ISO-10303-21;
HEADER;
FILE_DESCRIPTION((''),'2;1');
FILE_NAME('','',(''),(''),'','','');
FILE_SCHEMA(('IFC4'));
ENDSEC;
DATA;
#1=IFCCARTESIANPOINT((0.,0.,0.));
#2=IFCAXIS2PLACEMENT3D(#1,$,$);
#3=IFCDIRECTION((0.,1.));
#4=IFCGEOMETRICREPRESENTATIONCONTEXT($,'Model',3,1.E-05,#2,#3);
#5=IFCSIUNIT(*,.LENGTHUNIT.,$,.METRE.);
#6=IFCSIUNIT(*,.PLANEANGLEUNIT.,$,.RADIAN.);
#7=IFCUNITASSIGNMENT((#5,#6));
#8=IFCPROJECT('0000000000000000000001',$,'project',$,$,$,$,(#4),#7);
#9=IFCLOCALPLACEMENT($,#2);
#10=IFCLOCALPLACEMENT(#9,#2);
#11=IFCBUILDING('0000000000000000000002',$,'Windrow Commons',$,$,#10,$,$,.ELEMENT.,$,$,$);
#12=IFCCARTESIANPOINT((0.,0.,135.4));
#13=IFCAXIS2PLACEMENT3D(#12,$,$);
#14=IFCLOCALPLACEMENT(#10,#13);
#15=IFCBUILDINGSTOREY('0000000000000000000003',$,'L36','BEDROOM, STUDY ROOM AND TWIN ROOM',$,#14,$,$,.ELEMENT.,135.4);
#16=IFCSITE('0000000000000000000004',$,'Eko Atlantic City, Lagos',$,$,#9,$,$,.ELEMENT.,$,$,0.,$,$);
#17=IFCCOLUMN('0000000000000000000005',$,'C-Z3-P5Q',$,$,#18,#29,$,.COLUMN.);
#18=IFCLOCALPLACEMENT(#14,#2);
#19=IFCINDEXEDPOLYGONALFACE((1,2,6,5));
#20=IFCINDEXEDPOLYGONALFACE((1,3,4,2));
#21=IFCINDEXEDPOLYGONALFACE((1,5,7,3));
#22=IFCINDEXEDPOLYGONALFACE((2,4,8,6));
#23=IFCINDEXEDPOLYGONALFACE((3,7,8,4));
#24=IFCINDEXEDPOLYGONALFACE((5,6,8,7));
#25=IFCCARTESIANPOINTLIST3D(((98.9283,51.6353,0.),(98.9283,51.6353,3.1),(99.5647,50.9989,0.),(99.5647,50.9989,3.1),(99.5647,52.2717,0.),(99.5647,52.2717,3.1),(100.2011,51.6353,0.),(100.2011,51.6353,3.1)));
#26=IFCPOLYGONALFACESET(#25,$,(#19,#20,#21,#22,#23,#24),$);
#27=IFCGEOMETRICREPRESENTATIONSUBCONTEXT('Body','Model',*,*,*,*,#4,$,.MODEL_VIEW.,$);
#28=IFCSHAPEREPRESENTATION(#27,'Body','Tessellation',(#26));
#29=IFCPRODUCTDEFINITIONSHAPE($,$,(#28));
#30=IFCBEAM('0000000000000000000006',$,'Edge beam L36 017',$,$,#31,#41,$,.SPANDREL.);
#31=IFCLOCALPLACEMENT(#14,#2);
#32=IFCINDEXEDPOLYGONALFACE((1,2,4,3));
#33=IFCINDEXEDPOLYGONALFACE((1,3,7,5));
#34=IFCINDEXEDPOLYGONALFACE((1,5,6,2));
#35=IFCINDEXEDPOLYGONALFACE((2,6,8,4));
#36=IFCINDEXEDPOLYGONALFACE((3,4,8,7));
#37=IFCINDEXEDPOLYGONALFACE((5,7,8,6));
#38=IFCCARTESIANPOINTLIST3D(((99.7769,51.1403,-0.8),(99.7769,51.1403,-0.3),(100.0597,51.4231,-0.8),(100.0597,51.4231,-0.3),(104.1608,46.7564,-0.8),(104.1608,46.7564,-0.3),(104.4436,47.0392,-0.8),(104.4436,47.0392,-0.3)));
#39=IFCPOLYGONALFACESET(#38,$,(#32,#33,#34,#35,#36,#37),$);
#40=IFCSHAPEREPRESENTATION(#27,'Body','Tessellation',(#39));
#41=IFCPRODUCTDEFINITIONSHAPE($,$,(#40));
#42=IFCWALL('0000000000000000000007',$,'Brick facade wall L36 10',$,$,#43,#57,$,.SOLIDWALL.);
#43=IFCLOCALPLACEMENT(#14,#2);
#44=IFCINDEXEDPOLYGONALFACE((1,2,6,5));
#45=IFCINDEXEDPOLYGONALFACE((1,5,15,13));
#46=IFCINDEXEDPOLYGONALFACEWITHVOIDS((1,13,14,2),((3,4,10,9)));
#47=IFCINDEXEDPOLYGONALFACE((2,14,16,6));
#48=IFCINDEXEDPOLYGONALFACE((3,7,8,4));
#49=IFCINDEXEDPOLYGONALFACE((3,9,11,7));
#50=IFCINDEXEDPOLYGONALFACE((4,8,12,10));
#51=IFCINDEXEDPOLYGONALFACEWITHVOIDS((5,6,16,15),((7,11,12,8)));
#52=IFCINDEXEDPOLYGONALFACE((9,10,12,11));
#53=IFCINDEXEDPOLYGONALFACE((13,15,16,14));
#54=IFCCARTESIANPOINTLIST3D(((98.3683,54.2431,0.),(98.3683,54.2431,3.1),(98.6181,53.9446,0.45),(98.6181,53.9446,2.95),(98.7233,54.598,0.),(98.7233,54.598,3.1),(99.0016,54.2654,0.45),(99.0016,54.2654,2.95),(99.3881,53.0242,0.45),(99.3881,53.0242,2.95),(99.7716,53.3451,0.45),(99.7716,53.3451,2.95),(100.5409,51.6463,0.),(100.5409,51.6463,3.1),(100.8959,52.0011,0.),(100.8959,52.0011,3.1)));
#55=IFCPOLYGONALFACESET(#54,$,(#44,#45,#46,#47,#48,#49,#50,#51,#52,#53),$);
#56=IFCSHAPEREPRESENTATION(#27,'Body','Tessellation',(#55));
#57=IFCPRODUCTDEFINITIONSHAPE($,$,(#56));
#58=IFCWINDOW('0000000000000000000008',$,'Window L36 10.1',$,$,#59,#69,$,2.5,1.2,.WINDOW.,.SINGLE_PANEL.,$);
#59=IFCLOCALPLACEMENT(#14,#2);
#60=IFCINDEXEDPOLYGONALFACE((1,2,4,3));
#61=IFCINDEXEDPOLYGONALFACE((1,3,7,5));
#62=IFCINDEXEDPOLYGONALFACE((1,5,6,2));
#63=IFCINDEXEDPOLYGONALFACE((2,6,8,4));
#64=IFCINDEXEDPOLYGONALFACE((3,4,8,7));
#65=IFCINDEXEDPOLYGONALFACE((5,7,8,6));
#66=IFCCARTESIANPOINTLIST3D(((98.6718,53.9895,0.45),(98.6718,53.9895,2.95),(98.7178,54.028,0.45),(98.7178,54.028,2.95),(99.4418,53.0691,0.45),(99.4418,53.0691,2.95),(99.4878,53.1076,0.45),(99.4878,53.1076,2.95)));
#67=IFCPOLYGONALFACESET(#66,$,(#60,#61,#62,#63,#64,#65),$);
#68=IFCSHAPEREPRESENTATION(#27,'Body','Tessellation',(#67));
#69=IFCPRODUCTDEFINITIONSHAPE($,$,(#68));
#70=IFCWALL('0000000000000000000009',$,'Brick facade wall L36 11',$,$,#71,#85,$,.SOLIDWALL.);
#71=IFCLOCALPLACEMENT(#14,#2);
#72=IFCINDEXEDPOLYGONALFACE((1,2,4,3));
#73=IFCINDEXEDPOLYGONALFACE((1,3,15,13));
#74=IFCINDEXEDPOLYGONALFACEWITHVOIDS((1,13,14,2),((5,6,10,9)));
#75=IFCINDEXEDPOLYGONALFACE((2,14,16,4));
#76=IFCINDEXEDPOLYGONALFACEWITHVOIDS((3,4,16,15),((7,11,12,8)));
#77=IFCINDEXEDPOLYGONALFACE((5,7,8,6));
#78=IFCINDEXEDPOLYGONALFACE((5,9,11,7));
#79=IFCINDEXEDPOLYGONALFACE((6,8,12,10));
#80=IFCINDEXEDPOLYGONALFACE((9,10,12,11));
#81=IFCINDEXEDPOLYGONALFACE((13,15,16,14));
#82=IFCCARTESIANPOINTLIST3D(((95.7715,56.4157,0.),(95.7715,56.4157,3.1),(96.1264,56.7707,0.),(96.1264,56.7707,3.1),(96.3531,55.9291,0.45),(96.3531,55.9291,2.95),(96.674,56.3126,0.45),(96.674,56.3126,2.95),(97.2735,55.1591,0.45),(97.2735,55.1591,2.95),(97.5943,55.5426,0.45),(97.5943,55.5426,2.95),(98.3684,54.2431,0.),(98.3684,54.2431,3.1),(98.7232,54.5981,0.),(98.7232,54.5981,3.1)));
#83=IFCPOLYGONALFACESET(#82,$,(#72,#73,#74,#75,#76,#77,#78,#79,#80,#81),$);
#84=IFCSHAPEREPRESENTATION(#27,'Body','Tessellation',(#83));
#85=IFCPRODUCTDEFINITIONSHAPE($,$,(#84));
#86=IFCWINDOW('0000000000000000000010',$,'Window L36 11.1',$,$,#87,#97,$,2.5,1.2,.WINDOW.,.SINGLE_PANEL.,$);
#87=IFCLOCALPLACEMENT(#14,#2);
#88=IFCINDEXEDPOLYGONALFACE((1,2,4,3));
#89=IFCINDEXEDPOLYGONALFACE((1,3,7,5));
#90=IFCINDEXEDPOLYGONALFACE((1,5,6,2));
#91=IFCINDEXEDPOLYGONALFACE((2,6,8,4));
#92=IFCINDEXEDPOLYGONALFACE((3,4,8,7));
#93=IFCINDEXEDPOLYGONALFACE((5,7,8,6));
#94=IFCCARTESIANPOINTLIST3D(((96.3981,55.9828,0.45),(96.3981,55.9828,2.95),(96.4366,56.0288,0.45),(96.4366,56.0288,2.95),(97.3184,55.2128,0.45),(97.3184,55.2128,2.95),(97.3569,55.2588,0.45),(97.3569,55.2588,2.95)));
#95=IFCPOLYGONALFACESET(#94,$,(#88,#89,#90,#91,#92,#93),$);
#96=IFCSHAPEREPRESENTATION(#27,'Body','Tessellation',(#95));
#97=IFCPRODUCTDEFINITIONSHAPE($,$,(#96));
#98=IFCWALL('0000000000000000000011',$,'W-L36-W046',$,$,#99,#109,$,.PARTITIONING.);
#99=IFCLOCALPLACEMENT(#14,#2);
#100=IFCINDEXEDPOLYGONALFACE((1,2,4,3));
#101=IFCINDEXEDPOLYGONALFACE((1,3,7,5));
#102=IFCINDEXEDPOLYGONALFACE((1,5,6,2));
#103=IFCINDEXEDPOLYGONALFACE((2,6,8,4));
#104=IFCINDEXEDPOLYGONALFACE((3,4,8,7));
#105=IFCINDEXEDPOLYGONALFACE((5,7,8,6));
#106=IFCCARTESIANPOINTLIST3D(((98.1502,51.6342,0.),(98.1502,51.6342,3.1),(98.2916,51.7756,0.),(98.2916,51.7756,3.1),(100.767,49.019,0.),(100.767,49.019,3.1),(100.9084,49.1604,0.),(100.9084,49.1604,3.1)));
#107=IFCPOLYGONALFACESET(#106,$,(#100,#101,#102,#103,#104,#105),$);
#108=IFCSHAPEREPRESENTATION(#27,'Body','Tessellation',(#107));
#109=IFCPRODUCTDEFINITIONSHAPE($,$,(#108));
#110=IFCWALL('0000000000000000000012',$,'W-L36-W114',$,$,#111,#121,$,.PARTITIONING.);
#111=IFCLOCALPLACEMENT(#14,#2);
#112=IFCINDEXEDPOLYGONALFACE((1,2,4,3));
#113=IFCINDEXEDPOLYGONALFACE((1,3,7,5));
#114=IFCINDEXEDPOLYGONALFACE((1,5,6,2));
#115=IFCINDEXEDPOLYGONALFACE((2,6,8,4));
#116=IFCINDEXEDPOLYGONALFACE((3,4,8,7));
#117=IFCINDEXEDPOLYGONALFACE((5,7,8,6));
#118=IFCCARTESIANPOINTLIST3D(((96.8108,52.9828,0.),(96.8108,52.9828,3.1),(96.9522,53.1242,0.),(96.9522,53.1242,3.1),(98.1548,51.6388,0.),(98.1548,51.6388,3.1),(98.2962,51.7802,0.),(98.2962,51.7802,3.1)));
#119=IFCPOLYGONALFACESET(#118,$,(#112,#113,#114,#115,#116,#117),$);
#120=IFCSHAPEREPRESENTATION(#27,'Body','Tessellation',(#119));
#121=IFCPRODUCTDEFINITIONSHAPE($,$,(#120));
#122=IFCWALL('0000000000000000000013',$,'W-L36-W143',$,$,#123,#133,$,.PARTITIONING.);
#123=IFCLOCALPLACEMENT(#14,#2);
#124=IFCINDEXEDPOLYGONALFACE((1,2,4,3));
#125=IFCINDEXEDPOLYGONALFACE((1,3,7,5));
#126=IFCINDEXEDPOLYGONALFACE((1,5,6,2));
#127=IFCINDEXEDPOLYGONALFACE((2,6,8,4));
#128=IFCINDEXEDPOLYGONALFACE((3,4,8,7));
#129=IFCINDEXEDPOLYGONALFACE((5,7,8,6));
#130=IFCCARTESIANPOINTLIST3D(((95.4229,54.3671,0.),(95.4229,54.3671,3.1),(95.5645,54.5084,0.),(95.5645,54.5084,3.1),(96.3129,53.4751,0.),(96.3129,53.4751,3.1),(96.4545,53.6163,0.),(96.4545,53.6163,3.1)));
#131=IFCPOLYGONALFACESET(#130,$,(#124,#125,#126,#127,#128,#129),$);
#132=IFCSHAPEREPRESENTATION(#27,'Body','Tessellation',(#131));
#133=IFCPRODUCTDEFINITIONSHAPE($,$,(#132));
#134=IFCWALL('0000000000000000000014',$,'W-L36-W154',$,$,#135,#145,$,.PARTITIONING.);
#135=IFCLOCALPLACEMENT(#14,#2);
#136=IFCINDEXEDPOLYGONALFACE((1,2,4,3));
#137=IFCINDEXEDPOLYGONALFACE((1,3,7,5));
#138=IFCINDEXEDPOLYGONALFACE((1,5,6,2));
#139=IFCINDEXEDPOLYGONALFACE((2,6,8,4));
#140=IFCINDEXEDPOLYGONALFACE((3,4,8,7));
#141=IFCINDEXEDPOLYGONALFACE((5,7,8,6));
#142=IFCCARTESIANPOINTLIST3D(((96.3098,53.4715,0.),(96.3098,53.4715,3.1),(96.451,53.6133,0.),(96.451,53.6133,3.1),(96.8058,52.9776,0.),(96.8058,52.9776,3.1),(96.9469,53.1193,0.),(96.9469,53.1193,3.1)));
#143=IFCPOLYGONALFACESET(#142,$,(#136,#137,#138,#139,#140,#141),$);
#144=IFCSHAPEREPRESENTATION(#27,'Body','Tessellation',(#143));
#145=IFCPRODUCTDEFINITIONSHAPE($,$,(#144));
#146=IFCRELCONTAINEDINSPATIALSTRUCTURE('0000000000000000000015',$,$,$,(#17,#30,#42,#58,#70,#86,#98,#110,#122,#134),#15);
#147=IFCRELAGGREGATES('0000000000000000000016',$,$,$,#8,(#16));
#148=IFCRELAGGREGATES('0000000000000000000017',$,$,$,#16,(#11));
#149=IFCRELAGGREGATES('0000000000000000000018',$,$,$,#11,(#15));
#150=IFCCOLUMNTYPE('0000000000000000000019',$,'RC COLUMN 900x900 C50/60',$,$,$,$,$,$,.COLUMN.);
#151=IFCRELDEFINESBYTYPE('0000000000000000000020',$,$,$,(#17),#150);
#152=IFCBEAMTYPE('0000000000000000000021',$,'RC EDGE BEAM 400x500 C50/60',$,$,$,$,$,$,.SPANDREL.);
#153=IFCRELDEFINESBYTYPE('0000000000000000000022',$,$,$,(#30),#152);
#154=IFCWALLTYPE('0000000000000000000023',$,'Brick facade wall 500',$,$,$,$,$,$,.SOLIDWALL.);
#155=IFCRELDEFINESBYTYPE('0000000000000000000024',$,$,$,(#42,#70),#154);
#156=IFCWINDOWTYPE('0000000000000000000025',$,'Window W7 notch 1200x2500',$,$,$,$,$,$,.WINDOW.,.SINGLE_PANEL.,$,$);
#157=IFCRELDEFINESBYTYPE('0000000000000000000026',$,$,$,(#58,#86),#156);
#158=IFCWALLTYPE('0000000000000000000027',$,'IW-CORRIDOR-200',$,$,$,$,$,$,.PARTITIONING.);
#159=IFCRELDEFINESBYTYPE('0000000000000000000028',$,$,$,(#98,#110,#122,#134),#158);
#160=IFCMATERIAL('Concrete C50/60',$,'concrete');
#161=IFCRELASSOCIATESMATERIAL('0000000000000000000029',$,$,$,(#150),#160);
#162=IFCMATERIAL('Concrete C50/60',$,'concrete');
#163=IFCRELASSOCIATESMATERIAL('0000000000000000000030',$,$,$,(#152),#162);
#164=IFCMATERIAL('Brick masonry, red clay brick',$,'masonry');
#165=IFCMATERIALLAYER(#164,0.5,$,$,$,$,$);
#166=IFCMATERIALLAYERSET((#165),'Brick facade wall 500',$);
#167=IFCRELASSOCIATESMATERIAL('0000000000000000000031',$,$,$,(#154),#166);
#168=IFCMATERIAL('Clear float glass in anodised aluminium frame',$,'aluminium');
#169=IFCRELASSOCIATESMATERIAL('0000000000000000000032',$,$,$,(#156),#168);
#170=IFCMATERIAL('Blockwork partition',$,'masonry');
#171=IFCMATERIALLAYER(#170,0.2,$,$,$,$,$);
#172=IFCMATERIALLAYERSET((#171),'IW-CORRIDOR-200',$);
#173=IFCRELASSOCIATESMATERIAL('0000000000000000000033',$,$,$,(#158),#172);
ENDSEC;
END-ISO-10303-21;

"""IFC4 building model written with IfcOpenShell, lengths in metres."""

from ifc_helpers import new_model, si_unit, direction, frame, frame_2d, origin, origin_2d, place, context, subcontext, project, spatial, polyline, rectangle, outline, extrude, material, layer, layer_set, material_profile, profile_set, type_object, element, fill, save


model = new_model("IFC4")

# Units and contexts
model_context = context("Model", 3, precision=1e-05, world=origin(), true_north=direction((0.0, 1.0)))
body_context = subcontext(model_context, "Body", "Model", "MODEL_VIEW")
ifc_project = project(units=[si_unit("LENGTHUNIT", "METRE"), si_unit("PLANEANGLEUNIT", "RADIAN")], contexts=[model_context])

# Site, building, storey
site_placement = place(None, origin())
site = spatial("IfcSite", under=ifc_project, at=site_placement, Name="Eko Atlantic City, Lagos", CompositionType="ELEMENT", RefElevation=0.0)
building_placement = place(site_placement, origin())
building = spatial("IfcBuilding", under=site, at=building_placement, Name="Windrow Commons", CompositionType="ELEMENT")
storey_placement = place(building_placement, frame((0.0, 0.0, 135.4)))
storey = spatial("IfcBuildingStorey", under=building, at=storey_placement, Name="L36", Description="BEDROOM, STUDY ROOM AND TWIN ROOM", CompositionType="ELEMENT", Elevation=135.4)

# Column
ifc_material_1 = material(Name="Concrete C50/60", Category="concrete")
ifc_material_profile_1 = material_profile(ifc_material_1, rectangle(XDim=0.9, YDim=0.9, at=origin_2d()))
ifc_profile_set_1 = profile_set([ifc_material_profile_1], Name="Concrete C50/60")
column_type = type_object("IfcColumnType", Name="RC COLUMN 900x900 C50/60", PredefinedType="COLUMN", material=ifc_profile_set_1)
column_placement = place(storey_placement, frame((99.5647, 51.6353, 0.0), z_axis=(0.0, 0.0, 1.0), x_axis=(0.707107, -0.707107, 0.0)))
element("IfcColumn", 1, at=column_placement, inside=storey, type_object=column_type, Name="C-Z3-P5Q", PredefinedType="COLUMN", context=body_context, shape_type="SweptSolid", body=[
    extrude(rectangle(XDim=0.9, YDim=0.9, at=origin_2d()), origin(), (0.0, 0.0, 1.0), 3.1),
])

# Beam
ifc_material_2 = material(Name="Concrete C50/60", Category="concrete")
ifc_material_profile_2 = material_profile(ifc_material_2, rectangle(XDim=0.4, YDim=0.5, at=origin_2d()))
ifc_profile_set_2 = profile_set([ifc_material_profile_2], Name="Concrete C50/60")
beam_type = type_object("IfcBeamType", Name="RC EDGE BEAM 400x500 C50/60", PredefinedType="SPANDREL", material=ifc_profile_set_2)
beam_placement = place(storey_placement, frame((99.9183, 51.2817, -0.55), z_axis=(0.707107, -0.707107, 0.0), x_axis=(0.707107, 0.707107, 0.0)))
element("IfcBeam", 2, at=beam_placement, inside=storey, type_object=beam_type, Name="Edge beam L36 017", PredefinedType="SPANDREL", context=body_context, shape_type="SweptSolid", body=[
    extrude(rectangle(XDim=0.4, YDim=0.5, at=origin_2d()), origin(), (0.0, 0.0, 1.0), 6.1998),
])

# Walls, openings, windows
ifc_material_3 = material(Name="Brick masonry, red clay brick", Category="masonry")
ifc_layer_1 = layer(ifc_material_3, 0.5)
ifc_layer_set_1 = layer_set([ifc_layer_1], Name="Brick facade wall 500")
wall_type_1 = type_object("IfcWallType", Name="Brick facade wall 500", PredefinedType="SOLIDWALL", material=ifc_layer_set_1)
wall_1_placement = place(storey_placement, frame((100.7184, 51.8237, 0.0), z_axis=(0.0, 0.0, 1.0), x_axis=(-0.641668, 0.766983, 0.0)))
wall_1 = element("IfcWall", 3, at=wall_1_placement, inside=storey, type_object=wall_type_1, Name="Brick facade wall L36 10", PredefinedType="SOLIDWALL", context=body_context, shape_type="SweptSolid", body=[
    extrude(outline(polyline([(0.0222, -0.25), (3.408, -0.25), (3.3636, 0.25), (-0.0222, 0.25), (0.0222, -0.25)])), origin(), (0.0, 0.0, 1.0), 3.1),
])
opening_1_placement = place(wall_1_placement, frame((1.7744, 0.0, 0.45)))
opening_1 = element("IfcOpeningElement", 4, at=opening_1_placement, cuts=wall_1, PredefinedType="OPENING", context=body_context, shape_type="SweptSolid", body=[
    extrude(rectangle(XDim=1.2, YDim=2.5, at=frame_2d((0.6, 1.25))), frame((0.0, 0.26, 0.0), z_axis=(0.0, -1.0, 0.0), x_axis=(1.0, 0.0, 0.0)), (0.0, 0.0, 1.0), 0.52),
])
ifc_material_4 = material(Name="Clear float glass in anodised aluminium frame", Category="aluminium")
window_type = type_object("IfcWindowType", Name="Window W7 notch 1200x2500", PartitioningType="SINGLE_PANEL", PredefinedType="WINDOW", material=ifc_material_4)
window_1_placement = place(opening_1_placement, origin())
window_1 = element("IfcWindow", 5, at=window_1_placement, inside=storey, type_object=window_type, Name="Window L36 10.1", OverallHeight=2.5, OverallWidth=1.2, PartitioningType="SINGLE_PANEL", PredefinedType="WINDOW", context=body_context, shape_type="SweptSolid", body=[
    extrude(rectangle(XDim=1.2, YDim=2.5, at=frame_2d((0.6, 1.25))), frame((0.0, 0.18, 0.0), z_axis=(0.0, -1.0, 0.0), x_axis=(1.0, 0.0, 0.0)), (0.0, 0.0, 1.0), 0.06),
])
fill(opening_1, window_1)
wall_2_placement = place(storey_placement, frame((98.5458, 54.4206, 0.0), z_axis=(0.0, 0.0, 1.0), x_axis=(-0.766971, 0.641682, 0.0)))
wall_2 = element("IfcWall", 6, at=wall_2_placement, inside=storey, type_object=wall_type_1, Name="Brick facade wall L36 11", PredefinedType="SOLIDWALL", context=body_context, shape_type="SweptSolid", body=[
    extrude(outline(polyline([(-0.0222, -0.25), (3.3636, -0.25), (3.408, 0.25), (0.0222, 0.25), (-0.0222, -0.25)])), origin(), (0.0, 0.0, 1.0), 3.1),
])
opening_2_placement = place(wall_2_placement, frame((1.4497, 0.0, 0.45)))
opening_2 = element("IfcOpeningElement", 7, at=opening_2_placement, cuts=wall_2, PredefinedType="OPENING", context=body_context, shape_type="SweptSolid", body=[
    extrude(rectangle(XDim=1.2, YDim=2.5, at=frame_2d((0.6, 1.25))), frame((0.0, 0.26, 0.0), z_axis=(0.0, -1.0, 0.0), x_axis=(1.0, 0.0, 0.0)), (0.0, 0.0, 1.0), 0.52),
])
window_2_placement = place(opening_2_placement, origin())
window_2 = element("IfcWindow", 8, at=window_2_placement, inside=storey, type_object=window_type, Name="Window L36 11.1", OverallHeight=2.5, OverallWidth=1.2, PartitioningType="SINGLE_PANEL", PredefinedType="WINDOW", context=body_context, shape_type="SweptSolid", body=[
    extrude(rectangle(XDim=1.2, YDim=2.5, at=frame_2d((0.6, 1.25))), frame((0.0, 0.18, 0.0), z_axis=(0.0, -1.0, 0.0), x_axis=(1.0, 0.0, 0.0)), (0.0, 0.0, 1.0), 0.06),
])
fill(opening_2, window_2)

# Walls
ifc_material_5 = material(Name="Blockwork partition", Category="masonry")
ifc_layer_2 = layer(ifc_material_5, 0.2)
ifc_layer_set_2 = layer_set([ifc_layer_2], Name="IW-CORRIDOR-200")
wall_type_2 = type_object("IfcWallType", Name="IW-CORRIDOR-200", PredefinedType="PARTITIONING", material=ifc_layer_set_2)
wall_3_placement = place(storey_placement, frame((98.2209, 51.7049, 0.0), z_axis=(0.0, 0.0, 1.0), x_axis=(0.707323, -0.706891, 0.0)))
element("IfcWall", 9, at=wall_3_placement, inside=storey, type_object=wall_type_2, Name="W-L36-W046", PredefinedType="PARTITIONING", context=body_context, shape_type="SweptSolid", body=[
    extrude(rectangle(XDim=3.6996, YDim=0.2, at=frame_2d((1.8498, 0.0))), origin(), (0.0, 0.0, 1.0), 3.1),
])
wall_4_placement = place(storey_placement, frame((96.8815, 53.0535, 0.0), z_axis=(0.0, 0.0, 1.0), x_axis=(0.707107, -0.707107, 0.0)))
element("IfcWall", 10, at=wall_4_placement, inside=storey, type_object=wall_type_2, Name="W-L36-W114", PredefinedType="PARTITIONING", context=body_context, shape_type="SweptSolid", body=[
    extrude(rectangle(XDim=1.9007, YDim=0.2, at=frame_2d((0.9504, 0.0))), origin(), (0.0, 0.0, 1.0), 3.1),
])
wall_5_placement = place(storey_placement, frame((95.4937, 54.4377, 0.0), z_axis=(0.0, 0.0, 1.0), x_axis=(0.706313, -0.7079, 0.0)))
element("IfcWall", 11, at=wall_5_placement, inside=storey, type_object=wall_type_2, Name="W-L36-W143", PredefinedType="PARTITIONING", context=body_context, shape_type="SweptSolid", body=[
    extrude(rectangle(XDim=1.2601, YDim=0.2, at=frame_2d((0.63, 0.0))), origin(), (0.0, 0.0, 1.0), 3.1),
])
wall_6_placement = place(storey_placement, frame((96.3804, 53.5424, 0.0), z_axis=(0.0, 0.0, 1.0), x_axis=(0.708534, -0.705677, 0.0)))
element("IfcWall", 12, at=wall_6_placement, inside=storey, type_object=wall_type_2, Name="W-L36-W154", PredefinedType="PARTITIONING", context=body_context, shape_type="SweptSolid", body=[
    extrude(rectangle(XDim=0.7, YDim=0.2, at=frame_2d((0.35, 0.0))), origin(), (0.0, 0.0, 1.0), 3.1),
])

save(model, "model.ifc")
